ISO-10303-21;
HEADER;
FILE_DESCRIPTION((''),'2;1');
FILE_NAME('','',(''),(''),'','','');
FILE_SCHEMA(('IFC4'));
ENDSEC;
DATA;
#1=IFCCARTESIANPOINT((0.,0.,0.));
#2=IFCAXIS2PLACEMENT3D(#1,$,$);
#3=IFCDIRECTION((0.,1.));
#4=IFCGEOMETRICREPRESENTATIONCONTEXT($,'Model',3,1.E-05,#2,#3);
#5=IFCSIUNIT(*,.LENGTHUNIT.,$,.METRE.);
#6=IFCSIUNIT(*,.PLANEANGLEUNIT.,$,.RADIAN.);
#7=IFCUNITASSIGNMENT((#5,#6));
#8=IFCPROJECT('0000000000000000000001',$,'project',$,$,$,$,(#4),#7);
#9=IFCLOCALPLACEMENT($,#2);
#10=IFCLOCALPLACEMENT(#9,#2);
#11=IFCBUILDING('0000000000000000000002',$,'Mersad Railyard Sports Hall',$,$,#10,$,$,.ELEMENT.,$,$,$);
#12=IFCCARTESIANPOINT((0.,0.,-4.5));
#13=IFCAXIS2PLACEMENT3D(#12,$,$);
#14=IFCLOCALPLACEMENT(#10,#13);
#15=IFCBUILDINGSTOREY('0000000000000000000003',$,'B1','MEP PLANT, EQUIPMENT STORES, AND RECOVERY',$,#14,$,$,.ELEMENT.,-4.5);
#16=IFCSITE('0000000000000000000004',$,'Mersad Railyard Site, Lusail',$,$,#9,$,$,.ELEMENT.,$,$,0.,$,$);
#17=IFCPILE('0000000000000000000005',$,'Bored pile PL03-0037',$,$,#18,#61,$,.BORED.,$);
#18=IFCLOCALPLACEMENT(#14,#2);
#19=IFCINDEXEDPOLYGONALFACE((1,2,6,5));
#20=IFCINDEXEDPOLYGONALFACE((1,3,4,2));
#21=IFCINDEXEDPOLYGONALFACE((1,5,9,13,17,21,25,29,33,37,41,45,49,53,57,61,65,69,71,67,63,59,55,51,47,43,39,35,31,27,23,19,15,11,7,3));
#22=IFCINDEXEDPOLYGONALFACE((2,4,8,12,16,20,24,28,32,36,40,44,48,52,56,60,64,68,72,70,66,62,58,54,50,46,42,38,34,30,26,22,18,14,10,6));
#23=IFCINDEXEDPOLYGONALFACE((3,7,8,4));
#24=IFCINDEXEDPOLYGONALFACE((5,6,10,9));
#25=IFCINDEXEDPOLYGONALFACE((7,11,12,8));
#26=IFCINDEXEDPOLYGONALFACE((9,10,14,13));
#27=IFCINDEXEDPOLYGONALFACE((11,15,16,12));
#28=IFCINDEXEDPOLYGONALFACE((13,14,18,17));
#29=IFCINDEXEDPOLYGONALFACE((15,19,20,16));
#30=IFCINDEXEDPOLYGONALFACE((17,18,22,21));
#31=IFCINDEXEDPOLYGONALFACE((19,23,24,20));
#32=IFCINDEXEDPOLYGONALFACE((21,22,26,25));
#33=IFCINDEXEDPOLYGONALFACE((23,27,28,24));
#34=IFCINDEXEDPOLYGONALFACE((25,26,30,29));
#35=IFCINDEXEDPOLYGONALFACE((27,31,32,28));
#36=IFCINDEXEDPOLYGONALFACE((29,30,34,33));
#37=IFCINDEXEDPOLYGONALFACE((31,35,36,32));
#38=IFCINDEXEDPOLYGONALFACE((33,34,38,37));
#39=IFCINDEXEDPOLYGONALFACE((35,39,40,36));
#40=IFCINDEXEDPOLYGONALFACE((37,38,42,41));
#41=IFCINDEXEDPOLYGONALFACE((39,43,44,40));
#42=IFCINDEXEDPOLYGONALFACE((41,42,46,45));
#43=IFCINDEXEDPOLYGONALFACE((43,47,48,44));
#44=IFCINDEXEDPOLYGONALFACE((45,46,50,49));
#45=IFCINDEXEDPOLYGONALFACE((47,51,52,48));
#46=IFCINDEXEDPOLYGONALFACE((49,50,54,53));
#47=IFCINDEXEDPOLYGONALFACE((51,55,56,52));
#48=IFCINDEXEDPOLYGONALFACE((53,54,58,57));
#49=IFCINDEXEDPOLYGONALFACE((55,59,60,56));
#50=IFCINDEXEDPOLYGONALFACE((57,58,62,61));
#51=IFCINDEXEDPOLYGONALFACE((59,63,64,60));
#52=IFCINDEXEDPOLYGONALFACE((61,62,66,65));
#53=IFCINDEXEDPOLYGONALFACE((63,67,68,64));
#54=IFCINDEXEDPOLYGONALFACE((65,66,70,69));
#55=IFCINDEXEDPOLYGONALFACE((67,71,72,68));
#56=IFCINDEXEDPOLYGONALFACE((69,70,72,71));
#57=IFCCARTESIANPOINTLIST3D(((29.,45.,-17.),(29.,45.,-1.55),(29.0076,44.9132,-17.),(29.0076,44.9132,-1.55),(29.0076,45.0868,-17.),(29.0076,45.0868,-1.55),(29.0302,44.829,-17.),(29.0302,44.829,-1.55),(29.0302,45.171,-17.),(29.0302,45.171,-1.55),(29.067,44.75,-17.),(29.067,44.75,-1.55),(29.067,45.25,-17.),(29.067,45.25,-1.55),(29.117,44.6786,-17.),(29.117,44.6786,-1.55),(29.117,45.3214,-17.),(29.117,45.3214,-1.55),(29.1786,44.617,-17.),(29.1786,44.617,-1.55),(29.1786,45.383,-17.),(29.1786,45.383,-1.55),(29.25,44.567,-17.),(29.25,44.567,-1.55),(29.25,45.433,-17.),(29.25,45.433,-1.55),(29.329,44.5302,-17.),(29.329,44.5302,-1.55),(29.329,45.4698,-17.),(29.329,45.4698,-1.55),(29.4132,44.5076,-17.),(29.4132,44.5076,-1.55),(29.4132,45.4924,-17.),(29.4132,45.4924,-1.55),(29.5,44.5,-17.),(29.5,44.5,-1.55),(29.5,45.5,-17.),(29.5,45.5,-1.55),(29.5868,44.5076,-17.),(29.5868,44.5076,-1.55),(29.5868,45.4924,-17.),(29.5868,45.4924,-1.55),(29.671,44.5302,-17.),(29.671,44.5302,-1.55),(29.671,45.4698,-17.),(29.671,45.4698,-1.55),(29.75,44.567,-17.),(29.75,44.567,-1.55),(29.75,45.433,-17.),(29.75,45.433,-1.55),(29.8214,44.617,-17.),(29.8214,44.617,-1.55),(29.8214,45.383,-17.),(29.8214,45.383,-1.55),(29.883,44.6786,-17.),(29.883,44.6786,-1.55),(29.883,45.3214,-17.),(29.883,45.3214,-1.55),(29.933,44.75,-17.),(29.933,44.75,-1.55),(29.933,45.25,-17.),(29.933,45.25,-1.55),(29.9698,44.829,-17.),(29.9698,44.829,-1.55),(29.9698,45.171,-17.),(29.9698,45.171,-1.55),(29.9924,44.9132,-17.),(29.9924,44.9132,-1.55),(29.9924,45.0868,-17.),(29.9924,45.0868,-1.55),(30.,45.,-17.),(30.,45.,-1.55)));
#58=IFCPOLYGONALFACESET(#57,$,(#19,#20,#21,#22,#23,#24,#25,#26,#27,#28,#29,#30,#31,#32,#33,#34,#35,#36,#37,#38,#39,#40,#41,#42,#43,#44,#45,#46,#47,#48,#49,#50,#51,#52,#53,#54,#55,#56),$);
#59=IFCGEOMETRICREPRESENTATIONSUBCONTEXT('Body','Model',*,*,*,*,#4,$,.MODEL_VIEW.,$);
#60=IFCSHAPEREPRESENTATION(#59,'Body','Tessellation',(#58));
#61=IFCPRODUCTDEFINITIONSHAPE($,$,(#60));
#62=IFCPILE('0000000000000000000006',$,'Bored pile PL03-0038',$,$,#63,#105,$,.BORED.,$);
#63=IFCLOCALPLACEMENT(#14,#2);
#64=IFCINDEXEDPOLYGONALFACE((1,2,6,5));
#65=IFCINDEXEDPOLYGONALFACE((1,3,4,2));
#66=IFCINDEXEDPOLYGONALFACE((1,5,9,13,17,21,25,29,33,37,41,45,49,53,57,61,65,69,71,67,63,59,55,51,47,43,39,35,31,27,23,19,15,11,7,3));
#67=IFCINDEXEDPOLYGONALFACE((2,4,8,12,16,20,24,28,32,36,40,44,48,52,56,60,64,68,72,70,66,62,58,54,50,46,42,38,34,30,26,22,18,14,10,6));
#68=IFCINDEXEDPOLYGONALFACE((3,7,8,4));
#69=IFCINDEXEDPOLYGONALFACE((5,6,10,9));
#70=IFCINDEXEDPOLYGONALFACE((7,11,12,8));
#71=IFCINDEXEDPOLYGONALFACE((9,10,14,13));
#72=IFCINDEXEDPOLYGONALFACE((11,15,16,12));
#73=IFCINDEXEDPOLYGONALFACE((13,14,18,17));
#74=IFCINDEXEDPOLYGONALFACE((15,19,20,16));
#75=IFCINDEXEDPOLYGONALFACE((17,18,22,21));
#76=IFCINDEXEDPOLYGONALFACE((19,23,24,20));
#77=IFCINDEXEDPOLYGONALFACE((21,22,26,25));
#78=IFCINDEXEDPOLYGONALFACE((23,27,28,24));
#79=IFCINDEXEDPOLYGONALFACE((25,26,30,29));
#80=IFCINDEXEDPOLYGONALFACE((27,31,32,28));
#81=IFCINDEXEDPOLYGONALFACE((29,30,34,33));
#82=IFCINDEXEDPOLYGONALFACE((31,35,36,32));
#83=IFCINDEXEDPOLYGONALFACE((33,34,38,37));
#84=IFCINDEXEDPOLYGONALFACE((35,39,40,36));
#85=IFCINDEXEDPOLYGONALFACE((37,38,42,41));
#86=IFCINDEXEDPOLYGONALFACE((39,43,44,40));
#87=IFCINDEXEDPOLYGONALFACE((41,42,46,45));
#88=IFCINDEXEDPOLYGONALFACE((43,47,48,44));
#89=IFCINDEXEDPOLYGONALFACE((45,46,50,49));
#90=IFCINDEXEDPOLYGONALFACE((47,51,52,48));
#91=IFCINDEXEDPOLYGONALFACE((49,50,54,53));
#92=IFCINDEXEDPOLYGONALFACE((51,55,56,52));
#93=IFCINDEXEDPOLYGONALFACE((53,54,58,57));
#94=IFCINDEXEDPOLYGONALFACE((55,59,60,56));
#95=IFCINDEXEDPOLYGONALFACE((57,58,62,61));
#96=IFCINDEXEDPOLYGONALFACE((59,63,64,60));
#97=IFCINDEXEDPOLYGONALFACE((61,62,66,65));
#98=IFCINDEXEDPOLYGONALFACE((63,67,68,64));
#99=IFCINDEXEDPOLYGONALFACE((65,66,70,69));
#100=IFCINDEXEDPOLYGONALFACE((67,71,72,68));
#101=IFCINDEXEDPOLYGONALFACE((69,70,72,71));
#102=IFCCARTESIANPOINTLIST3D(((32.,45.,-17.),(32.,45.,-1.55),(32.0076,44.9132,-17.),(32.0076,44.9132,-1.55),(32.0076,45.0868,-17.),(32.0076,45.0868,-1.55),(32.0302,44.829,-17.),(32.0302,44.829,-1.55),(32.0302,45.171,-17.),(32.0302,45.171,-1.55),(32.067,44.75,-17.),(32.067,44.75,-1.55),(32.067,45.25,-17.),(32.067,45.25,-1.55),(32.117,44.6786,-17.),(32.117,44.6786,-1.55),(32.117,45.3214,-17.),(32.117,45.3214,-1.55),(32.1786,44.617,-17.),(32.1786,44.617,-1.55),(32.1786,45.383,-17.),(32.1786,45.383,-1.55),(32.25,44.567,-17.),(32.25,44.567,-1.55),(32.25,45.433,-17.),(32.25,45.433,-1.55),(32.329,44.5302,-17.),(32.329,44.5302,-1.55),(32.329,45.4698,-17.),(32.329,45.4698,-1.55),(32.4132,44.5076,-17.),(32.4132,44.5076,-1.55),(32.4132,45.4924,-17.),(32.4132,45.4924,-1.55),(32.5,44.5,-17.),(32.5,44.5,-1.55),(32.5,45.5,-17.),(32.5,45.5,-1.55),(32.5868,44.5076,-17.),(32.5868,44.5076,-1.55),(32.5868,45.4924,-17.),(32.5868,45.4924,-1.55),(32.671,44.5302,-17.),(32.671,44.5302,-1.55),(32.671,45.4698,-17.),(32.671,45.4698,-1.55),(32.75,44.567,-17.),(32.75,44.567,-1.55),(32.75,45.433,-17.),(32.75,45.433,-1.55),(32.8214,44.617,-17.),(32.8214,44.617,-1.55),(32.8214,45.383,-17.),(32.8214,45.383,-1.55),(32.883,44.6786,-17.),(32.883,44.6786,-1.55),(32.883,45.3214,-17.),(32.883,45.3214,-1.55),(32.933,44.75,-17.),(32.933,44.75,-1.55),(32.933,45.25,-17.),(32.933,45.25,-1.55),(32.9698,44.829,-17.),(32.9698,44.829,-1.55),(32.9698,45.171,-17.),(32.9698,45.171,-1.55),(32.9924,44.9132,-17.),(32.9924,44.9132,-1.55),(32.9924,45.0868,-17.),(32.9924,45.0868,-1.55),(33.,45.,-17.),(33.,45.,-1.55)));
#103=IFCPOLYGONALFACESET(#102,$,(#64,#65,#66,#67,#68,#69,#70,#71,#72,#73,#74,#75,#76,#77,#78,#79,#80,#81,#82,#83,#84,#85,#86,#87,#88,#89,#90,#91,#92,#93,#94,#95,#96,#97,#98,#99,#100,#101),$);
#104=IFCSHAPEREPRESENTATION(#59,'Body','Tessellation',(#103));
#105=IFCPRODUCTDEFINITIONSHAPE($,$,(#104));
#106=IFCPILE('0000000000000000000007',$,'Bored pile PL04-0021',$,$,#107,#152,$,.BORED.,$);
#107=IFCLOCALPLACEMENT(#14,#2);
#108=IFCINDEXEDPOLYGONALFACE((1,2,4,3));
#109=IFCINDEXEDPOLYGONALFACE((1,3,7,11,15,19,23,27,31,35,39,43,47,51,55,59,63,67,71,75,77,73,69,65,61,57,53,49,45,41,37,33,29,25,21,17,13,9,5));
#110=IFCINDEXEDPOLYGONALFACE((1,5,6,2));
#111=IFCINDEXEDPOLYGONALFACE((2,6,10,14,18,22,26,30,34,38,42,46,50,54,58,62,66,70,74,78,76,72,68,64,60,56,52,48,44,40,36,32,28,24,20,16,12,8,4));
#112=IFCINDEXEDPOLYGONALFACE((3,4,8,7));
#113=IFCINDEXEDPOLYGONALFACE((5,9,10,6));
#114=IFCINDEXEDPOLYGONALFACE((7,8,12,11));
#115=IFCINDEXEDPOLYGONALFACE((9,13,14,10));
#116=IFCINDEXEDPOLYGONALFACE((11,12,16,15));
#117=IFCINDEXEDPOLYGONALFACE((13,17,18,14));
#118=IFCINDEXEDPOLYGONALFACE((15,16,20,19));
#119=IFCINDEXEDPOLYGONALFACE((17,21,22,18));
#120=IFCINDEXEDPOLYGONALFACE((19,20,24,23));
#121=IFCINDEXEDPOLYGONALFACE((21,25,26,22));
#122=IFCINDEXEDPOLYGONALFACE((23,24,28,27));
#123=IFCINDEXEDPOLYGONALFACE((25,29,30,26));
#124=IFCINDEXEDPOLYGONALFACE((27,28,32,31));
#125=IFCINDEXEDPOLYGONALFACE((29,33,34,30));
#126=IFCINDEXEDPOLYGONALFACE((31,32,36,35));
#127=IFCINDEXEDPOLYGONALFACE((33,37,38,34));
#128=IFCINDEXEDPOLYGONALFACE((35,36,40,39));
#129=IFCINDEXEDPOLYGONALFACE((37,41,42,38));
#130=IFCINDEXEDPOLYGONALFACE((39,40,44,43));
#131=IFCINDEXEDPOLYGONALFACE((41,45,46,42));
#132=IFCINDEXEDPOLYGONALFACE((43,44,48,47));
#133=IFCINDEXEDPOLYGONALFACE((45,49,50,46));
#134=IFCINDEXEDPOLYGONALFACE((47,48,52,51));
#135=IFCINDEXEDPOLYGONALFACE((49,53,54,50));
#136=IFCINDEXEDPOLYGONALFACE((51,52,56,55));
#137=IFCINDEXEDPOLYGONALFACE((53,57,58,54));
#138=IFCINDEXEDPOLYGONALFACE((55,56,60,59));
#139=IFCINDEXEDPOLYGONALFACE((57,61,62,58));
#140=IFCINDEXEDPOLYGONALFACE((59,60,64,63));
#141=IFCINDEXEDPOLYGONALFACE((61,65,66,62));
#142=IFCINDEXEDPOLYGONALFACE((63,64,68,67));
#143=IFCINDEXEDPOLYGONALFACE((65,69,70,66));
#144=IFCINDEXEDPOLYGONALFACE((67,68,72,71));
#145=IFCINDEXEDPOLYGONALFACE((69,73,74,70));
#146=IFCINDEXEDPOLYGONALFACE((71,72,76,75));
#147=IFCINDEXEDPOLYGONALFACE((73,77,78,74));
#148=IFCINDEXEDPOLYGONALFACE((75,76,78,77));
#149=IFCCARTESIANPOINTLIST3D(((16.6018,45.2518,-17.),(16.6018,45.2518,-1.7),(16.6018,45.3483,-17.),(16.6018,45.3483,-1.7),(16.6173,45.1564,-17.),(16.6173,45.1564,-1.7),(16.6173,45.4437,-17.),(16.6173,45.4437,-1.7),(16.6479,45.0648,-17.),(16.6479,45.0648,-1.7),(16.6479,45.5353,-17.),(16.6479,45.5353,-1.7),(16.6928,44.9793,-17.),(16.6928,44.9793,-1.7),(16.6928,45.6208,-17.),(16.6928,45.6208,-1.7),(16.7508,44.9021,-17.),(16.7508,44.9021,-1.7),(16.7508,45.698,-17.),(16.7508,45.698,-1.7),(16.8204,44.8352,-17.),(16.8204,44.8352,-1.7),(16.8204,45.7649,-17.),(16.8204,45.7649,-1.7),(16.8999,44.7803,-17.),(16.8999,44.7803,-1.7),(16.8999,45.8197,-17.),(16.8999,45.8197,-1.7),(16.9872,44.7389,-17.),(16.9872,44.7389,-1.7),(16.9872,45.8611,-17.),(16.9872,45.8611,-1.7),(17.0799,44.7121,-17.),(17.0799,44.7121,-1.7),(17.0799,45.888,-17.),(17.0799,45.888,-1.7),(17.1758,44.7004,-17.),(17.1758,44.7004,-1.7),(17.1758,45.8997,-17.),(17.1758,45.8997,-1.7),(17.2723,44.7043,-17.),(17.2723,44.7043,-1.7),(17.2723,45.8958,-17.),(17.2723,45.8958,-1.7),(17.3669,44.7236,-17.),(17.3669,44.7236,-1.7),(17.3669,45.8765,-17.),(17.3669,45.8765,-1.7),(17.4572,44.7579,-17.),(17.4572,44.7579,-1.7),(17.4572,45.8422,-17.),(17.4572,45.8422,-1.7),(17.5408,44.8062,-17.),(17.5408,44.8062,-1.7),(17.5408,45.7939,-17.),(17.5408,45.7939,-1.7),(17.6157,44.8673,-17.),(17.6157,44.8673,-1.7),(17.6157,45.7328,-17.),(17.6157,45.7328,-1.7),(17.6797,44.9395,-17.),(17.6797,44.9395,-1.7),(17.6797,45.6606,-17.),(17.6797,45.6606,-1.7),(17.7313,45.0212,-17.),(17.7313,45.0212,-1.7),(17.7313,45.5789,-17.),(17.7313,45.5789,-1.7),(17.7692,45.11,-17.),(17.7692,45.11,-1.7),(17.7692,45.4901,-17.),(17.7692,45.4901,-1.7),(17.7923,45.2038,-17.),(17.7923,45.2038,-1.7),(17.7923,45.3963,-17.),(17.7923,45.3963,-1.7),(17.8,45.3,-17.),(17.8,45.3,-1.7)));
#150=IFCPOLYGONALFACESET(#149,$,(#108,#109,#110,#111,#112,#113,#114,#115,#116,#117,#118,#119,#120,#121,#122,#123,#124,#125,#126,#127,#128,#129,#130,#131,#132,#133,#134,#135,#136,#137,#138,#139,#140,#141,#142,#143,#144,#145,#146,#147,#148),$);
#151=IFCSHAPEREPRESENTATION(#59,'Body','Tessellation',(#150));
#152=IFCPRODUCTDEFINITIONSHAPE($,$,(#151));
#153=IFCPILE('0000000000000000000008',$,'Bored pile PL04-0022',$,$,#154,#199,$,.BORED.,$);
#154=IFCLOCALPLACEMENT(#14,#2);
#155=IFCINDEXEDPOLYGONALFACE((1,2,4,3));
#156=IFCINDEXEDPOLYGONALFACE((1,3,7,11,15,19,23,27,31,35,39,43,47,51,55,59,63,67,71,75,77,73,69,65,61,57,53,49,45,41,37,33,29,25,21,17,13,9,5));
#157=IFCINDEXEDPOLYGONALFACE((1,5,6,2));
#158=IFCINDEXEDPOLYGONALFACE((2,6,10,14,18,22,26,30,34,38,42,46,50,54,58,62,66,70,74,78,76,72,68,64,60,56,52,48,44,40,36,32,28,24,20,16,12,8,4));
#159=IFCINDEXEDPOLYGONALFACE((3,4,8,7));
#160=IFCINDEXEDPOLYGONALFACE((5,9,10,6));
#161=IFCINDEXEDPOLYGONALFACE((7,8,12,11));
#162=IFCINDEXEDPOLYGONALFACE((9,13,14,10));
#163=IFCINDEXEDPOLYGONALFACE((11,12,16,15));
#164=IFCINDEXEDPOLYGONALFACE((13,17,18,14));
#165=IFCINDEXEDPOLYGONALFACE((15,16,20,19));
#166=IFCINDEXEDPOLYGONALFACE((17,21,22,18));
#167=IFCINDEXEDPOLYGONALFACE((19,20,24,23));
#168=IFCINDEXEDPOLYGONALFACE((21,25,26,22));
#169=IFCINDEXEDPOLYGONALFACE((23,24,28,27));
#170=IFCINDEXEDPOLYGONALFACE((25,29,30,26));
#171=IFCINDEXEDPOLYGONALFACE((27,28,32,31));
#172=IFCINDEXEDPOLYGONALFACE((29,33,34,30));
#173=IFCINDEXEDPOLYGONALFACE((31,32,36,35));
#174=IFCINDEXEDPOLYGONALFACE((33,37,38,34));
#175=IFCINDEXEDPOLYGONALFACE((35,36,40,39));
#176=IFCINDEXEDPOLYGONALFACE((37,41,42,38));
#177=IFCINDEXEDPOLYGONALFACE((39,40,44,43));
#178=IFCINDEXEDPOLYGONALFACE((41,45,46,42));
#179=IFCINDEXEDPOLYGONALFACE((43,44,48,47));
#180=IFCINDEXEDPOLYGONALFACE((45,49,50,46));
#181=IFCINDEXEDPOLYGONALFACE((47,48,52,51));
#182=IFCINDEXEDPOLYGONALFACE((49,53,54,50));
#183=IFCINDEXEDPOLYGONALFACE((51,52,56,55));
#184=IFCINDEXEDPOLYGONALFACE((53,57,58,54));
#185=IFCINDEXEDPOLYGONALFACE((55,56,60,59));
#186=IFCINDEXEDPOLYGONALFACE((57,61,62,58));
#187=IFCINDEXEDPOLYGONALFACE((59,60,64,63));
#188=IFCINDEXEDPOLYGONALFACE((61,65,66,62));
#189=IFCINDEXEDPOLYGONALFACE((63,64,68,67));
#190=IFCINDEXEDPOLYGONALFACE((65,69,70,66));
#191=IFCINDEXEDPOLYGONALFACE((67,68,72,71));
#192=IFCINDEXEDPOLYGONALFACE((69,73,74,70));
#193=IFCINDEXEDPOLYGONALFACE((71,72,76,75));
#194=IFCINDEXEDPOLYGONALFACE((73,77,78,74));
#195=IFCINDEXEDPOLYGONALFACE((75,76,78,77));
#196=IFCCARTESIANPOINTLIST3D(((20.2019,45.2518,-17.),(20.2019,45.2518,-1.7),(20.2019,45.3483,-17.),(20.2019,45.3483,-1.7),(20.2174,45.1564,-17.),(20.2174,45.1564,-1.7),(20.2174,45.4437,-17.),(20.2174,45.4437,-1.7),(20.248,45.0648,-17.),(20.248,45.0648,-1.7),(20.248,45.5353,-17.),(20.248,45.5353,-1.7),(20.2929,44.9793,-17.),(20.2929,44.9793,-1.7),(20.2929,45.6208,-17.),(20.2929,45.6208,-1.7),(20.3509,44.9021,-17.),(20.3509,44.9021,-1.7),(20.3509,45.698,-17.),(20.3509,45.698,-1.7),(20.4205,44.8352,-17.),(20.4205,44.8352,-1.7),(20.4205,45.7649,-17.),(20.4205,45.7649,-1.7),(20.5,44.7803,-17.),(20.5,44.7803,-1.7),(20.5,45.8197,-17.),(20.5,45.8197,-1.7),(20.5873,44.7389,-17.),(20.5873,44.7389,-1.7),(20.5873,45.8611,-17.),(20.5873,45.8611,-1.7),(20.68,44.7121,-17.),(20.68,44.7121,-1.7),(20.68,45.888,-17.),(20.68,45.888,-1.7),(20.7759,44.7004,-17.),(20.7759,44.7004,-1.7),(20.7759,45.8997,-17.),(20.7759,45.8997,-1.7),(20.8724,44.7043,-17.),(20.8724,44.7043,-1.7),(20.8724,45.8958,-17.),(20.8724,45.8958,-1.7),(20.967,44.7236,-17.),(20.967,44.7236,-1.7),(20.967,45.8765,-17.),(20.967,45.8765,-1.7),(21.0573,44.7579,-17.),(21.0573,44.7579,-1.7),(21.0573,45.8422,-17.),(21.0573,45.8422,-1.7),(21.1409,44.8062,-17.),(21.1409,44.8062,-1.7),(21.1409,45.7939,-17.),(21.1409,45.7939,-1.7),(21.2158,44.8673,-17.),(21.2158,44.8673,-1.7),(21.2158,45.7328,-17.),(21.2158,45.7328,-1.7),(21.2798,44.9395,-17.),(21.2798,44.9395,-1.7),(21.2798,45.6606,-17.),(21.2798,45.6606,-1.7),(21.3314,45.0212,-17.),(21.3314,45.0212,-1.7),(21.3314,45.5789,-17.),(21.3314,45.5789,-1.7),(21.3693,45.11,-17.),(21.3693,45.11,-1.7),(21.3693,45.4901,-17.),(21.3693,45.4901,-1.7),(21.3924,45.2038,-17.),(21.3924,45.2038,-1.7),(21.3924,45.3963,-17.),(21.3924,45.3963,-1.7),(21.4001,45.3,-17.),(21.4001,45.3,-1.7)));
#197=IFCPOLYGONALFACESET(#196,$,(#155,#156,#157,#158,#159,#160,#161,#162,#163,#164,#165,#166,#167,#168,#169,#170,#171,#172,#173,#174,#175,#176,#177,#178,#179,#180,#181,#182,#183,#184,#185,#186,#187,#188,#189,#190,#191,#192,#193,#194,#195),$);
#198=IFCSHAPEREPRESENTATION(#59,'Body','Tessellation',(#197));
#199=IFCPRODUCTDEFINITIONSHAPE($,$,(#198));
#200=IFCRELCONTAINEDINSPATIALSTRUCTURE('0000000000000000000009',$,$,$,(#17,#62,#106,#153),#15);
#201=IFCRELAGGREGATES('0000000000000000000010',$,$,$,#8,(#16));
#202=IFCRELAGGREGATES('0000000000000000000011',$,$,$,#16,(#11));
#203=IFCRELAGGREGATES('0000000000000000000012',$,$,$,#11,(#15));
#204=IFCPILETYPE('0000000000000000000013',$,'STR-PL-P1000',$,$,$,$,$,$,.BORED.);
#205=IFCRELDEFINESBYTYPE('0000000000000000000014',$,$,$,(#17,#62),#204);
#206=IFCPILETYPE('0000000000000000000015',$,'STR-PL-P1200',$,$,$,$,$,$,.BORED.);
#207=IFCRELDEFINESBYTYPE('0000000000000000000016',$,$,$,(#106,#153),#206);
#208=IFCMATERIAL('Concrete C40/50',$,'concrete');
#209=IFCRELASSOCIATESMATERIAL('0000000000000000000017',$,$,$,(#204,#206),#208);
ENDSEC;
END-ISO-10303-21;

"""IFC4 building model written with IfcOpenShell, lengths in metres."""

from ifc_helpers import new_model, si_unit, direction, frame, origin, origin_2d, place, context, subcontext, project, spatial, circle, extrude, material, material_profile, profile_set, type_object, element, save


model = new_model("IFC4")

# Units and contexts
model_context = context("Model", 3, precision=1e-05, world=origin(), true_north=direction((0.0, 1.0)))
body_context = subcontext(model_context, "Body", "Model", "MODEL_VIEW")
ifc_project = project(units=[si_unit("LENGTHUNIT", "METRE"), si_unit("PLANEANGLEUNIT", "RADIAN")], contexts=[model_context])

# Site, building, storey
site_placement = place(None, origin())
site = spatial("IfcSite", under=ifc_project, at=site_placement, Name="Mersad Railyard Site, Lusail", CompositionType="ELEMENT", RefElevation=0.0)
building_placement = place(site_placement, origin())
building = spatial("IfcBuilding", under=site, at=building_placement, Name="Mersad Railyard Sports Hall", CompositionType="ELEMENT")
storey_placement = place(building_placement, frame((0.0, 0.0, -4.5)))
storey = spatial("IfcBuildingStorey", under=building, at=storey_placement, Name="B1", Description="MEP PLANT, EQUIPMENT STORES, AND RECOVERY", CompositionType="ELEMENT", Elevation=-4.5)

# Shared definitions
ifc_material_1 = material(Name="Concrete C40/50", Category="concrete")

# Piles
ifc_material_profile_1 = material_profile(ifc_material_1, circle(Radius=0.5, at=origin_2d()), Name="BORED PILE D1000")
ifc_profile_set_1 = profile_set([ifc_material_profile_1], Name="Concrete C40/50")
pile_type_1 = type_object("IfcPileType", Name="STR-PL-P1000", PredefinedType="BORED", material=ifc_profile_set_1)
for number, where, z_axis, x_axis, name in (
    (1, (29.5, 45.0, -1.55), (0.0, 0.0, -1.0), (1.0, 0.0, 0.0), "Bored pile PL03-0037"),
    (2, (32.5, 45.0, -1.55), (0.0, 0.0, -1.0), (1.0, 0.0, 0.0), "Bored pile PL03-0038"),
):
    element("IfcPile", number, at=place(storey_placement, frame(where, z_axis=z_axis, x_axis=x_axis)), inside=storey, type_object=pile_type_1, Name=name, PredefinedType="BORED", context=body_context, shape_type="SweptSolid", body=[
        extrude(circle(Radius=0.5, at=origin_2d()), origin(), (0.0, 0.0, 1.0), 15.45),
    ])
ifc_material_profile_2 = material_profile(ifc_material_1, circle(Radius=0.6001, at=origin_2d()), Name="BORED PILE D1200")
ifc_profile_set_2 = profile_set([ifc_material_profile_2], Name="Concrete C40/50")
pile_type_2 = type_object("IfcPileType", Name="STR-PL-P1200", PredefinedType="BORED", material=ifc_profile_set_2)
for number, where, z_axis, x_axis, name in (
    (3, (17.2, 45.3, -1.7), (0.0, 0.0, -1.0), (1.0, 0.0, 0.0), "Bored pile PL04-0021"),
    (4, (20.8, 45.3, -1.7), (0.0, 0.0, -1.0), (1.0, 0.0, 0.0), "Bored pile PL04-0022"),
):
    element("IfcPile", number, at=place(storey_placement, frame(where, z_axis=z_axis, x_axis=x_axis)), inside=storey, type_object=pile_type_2, Name=name, PredefinedType="BORED", context=body_context, shape_type="SweptSolid", body=[
        extrude(circle(Radius=0.6001, at=origin_2d()), origin(), (0.0, 0.0, 1.0), 15.3),
    ])

save(model, "model.ifc")
